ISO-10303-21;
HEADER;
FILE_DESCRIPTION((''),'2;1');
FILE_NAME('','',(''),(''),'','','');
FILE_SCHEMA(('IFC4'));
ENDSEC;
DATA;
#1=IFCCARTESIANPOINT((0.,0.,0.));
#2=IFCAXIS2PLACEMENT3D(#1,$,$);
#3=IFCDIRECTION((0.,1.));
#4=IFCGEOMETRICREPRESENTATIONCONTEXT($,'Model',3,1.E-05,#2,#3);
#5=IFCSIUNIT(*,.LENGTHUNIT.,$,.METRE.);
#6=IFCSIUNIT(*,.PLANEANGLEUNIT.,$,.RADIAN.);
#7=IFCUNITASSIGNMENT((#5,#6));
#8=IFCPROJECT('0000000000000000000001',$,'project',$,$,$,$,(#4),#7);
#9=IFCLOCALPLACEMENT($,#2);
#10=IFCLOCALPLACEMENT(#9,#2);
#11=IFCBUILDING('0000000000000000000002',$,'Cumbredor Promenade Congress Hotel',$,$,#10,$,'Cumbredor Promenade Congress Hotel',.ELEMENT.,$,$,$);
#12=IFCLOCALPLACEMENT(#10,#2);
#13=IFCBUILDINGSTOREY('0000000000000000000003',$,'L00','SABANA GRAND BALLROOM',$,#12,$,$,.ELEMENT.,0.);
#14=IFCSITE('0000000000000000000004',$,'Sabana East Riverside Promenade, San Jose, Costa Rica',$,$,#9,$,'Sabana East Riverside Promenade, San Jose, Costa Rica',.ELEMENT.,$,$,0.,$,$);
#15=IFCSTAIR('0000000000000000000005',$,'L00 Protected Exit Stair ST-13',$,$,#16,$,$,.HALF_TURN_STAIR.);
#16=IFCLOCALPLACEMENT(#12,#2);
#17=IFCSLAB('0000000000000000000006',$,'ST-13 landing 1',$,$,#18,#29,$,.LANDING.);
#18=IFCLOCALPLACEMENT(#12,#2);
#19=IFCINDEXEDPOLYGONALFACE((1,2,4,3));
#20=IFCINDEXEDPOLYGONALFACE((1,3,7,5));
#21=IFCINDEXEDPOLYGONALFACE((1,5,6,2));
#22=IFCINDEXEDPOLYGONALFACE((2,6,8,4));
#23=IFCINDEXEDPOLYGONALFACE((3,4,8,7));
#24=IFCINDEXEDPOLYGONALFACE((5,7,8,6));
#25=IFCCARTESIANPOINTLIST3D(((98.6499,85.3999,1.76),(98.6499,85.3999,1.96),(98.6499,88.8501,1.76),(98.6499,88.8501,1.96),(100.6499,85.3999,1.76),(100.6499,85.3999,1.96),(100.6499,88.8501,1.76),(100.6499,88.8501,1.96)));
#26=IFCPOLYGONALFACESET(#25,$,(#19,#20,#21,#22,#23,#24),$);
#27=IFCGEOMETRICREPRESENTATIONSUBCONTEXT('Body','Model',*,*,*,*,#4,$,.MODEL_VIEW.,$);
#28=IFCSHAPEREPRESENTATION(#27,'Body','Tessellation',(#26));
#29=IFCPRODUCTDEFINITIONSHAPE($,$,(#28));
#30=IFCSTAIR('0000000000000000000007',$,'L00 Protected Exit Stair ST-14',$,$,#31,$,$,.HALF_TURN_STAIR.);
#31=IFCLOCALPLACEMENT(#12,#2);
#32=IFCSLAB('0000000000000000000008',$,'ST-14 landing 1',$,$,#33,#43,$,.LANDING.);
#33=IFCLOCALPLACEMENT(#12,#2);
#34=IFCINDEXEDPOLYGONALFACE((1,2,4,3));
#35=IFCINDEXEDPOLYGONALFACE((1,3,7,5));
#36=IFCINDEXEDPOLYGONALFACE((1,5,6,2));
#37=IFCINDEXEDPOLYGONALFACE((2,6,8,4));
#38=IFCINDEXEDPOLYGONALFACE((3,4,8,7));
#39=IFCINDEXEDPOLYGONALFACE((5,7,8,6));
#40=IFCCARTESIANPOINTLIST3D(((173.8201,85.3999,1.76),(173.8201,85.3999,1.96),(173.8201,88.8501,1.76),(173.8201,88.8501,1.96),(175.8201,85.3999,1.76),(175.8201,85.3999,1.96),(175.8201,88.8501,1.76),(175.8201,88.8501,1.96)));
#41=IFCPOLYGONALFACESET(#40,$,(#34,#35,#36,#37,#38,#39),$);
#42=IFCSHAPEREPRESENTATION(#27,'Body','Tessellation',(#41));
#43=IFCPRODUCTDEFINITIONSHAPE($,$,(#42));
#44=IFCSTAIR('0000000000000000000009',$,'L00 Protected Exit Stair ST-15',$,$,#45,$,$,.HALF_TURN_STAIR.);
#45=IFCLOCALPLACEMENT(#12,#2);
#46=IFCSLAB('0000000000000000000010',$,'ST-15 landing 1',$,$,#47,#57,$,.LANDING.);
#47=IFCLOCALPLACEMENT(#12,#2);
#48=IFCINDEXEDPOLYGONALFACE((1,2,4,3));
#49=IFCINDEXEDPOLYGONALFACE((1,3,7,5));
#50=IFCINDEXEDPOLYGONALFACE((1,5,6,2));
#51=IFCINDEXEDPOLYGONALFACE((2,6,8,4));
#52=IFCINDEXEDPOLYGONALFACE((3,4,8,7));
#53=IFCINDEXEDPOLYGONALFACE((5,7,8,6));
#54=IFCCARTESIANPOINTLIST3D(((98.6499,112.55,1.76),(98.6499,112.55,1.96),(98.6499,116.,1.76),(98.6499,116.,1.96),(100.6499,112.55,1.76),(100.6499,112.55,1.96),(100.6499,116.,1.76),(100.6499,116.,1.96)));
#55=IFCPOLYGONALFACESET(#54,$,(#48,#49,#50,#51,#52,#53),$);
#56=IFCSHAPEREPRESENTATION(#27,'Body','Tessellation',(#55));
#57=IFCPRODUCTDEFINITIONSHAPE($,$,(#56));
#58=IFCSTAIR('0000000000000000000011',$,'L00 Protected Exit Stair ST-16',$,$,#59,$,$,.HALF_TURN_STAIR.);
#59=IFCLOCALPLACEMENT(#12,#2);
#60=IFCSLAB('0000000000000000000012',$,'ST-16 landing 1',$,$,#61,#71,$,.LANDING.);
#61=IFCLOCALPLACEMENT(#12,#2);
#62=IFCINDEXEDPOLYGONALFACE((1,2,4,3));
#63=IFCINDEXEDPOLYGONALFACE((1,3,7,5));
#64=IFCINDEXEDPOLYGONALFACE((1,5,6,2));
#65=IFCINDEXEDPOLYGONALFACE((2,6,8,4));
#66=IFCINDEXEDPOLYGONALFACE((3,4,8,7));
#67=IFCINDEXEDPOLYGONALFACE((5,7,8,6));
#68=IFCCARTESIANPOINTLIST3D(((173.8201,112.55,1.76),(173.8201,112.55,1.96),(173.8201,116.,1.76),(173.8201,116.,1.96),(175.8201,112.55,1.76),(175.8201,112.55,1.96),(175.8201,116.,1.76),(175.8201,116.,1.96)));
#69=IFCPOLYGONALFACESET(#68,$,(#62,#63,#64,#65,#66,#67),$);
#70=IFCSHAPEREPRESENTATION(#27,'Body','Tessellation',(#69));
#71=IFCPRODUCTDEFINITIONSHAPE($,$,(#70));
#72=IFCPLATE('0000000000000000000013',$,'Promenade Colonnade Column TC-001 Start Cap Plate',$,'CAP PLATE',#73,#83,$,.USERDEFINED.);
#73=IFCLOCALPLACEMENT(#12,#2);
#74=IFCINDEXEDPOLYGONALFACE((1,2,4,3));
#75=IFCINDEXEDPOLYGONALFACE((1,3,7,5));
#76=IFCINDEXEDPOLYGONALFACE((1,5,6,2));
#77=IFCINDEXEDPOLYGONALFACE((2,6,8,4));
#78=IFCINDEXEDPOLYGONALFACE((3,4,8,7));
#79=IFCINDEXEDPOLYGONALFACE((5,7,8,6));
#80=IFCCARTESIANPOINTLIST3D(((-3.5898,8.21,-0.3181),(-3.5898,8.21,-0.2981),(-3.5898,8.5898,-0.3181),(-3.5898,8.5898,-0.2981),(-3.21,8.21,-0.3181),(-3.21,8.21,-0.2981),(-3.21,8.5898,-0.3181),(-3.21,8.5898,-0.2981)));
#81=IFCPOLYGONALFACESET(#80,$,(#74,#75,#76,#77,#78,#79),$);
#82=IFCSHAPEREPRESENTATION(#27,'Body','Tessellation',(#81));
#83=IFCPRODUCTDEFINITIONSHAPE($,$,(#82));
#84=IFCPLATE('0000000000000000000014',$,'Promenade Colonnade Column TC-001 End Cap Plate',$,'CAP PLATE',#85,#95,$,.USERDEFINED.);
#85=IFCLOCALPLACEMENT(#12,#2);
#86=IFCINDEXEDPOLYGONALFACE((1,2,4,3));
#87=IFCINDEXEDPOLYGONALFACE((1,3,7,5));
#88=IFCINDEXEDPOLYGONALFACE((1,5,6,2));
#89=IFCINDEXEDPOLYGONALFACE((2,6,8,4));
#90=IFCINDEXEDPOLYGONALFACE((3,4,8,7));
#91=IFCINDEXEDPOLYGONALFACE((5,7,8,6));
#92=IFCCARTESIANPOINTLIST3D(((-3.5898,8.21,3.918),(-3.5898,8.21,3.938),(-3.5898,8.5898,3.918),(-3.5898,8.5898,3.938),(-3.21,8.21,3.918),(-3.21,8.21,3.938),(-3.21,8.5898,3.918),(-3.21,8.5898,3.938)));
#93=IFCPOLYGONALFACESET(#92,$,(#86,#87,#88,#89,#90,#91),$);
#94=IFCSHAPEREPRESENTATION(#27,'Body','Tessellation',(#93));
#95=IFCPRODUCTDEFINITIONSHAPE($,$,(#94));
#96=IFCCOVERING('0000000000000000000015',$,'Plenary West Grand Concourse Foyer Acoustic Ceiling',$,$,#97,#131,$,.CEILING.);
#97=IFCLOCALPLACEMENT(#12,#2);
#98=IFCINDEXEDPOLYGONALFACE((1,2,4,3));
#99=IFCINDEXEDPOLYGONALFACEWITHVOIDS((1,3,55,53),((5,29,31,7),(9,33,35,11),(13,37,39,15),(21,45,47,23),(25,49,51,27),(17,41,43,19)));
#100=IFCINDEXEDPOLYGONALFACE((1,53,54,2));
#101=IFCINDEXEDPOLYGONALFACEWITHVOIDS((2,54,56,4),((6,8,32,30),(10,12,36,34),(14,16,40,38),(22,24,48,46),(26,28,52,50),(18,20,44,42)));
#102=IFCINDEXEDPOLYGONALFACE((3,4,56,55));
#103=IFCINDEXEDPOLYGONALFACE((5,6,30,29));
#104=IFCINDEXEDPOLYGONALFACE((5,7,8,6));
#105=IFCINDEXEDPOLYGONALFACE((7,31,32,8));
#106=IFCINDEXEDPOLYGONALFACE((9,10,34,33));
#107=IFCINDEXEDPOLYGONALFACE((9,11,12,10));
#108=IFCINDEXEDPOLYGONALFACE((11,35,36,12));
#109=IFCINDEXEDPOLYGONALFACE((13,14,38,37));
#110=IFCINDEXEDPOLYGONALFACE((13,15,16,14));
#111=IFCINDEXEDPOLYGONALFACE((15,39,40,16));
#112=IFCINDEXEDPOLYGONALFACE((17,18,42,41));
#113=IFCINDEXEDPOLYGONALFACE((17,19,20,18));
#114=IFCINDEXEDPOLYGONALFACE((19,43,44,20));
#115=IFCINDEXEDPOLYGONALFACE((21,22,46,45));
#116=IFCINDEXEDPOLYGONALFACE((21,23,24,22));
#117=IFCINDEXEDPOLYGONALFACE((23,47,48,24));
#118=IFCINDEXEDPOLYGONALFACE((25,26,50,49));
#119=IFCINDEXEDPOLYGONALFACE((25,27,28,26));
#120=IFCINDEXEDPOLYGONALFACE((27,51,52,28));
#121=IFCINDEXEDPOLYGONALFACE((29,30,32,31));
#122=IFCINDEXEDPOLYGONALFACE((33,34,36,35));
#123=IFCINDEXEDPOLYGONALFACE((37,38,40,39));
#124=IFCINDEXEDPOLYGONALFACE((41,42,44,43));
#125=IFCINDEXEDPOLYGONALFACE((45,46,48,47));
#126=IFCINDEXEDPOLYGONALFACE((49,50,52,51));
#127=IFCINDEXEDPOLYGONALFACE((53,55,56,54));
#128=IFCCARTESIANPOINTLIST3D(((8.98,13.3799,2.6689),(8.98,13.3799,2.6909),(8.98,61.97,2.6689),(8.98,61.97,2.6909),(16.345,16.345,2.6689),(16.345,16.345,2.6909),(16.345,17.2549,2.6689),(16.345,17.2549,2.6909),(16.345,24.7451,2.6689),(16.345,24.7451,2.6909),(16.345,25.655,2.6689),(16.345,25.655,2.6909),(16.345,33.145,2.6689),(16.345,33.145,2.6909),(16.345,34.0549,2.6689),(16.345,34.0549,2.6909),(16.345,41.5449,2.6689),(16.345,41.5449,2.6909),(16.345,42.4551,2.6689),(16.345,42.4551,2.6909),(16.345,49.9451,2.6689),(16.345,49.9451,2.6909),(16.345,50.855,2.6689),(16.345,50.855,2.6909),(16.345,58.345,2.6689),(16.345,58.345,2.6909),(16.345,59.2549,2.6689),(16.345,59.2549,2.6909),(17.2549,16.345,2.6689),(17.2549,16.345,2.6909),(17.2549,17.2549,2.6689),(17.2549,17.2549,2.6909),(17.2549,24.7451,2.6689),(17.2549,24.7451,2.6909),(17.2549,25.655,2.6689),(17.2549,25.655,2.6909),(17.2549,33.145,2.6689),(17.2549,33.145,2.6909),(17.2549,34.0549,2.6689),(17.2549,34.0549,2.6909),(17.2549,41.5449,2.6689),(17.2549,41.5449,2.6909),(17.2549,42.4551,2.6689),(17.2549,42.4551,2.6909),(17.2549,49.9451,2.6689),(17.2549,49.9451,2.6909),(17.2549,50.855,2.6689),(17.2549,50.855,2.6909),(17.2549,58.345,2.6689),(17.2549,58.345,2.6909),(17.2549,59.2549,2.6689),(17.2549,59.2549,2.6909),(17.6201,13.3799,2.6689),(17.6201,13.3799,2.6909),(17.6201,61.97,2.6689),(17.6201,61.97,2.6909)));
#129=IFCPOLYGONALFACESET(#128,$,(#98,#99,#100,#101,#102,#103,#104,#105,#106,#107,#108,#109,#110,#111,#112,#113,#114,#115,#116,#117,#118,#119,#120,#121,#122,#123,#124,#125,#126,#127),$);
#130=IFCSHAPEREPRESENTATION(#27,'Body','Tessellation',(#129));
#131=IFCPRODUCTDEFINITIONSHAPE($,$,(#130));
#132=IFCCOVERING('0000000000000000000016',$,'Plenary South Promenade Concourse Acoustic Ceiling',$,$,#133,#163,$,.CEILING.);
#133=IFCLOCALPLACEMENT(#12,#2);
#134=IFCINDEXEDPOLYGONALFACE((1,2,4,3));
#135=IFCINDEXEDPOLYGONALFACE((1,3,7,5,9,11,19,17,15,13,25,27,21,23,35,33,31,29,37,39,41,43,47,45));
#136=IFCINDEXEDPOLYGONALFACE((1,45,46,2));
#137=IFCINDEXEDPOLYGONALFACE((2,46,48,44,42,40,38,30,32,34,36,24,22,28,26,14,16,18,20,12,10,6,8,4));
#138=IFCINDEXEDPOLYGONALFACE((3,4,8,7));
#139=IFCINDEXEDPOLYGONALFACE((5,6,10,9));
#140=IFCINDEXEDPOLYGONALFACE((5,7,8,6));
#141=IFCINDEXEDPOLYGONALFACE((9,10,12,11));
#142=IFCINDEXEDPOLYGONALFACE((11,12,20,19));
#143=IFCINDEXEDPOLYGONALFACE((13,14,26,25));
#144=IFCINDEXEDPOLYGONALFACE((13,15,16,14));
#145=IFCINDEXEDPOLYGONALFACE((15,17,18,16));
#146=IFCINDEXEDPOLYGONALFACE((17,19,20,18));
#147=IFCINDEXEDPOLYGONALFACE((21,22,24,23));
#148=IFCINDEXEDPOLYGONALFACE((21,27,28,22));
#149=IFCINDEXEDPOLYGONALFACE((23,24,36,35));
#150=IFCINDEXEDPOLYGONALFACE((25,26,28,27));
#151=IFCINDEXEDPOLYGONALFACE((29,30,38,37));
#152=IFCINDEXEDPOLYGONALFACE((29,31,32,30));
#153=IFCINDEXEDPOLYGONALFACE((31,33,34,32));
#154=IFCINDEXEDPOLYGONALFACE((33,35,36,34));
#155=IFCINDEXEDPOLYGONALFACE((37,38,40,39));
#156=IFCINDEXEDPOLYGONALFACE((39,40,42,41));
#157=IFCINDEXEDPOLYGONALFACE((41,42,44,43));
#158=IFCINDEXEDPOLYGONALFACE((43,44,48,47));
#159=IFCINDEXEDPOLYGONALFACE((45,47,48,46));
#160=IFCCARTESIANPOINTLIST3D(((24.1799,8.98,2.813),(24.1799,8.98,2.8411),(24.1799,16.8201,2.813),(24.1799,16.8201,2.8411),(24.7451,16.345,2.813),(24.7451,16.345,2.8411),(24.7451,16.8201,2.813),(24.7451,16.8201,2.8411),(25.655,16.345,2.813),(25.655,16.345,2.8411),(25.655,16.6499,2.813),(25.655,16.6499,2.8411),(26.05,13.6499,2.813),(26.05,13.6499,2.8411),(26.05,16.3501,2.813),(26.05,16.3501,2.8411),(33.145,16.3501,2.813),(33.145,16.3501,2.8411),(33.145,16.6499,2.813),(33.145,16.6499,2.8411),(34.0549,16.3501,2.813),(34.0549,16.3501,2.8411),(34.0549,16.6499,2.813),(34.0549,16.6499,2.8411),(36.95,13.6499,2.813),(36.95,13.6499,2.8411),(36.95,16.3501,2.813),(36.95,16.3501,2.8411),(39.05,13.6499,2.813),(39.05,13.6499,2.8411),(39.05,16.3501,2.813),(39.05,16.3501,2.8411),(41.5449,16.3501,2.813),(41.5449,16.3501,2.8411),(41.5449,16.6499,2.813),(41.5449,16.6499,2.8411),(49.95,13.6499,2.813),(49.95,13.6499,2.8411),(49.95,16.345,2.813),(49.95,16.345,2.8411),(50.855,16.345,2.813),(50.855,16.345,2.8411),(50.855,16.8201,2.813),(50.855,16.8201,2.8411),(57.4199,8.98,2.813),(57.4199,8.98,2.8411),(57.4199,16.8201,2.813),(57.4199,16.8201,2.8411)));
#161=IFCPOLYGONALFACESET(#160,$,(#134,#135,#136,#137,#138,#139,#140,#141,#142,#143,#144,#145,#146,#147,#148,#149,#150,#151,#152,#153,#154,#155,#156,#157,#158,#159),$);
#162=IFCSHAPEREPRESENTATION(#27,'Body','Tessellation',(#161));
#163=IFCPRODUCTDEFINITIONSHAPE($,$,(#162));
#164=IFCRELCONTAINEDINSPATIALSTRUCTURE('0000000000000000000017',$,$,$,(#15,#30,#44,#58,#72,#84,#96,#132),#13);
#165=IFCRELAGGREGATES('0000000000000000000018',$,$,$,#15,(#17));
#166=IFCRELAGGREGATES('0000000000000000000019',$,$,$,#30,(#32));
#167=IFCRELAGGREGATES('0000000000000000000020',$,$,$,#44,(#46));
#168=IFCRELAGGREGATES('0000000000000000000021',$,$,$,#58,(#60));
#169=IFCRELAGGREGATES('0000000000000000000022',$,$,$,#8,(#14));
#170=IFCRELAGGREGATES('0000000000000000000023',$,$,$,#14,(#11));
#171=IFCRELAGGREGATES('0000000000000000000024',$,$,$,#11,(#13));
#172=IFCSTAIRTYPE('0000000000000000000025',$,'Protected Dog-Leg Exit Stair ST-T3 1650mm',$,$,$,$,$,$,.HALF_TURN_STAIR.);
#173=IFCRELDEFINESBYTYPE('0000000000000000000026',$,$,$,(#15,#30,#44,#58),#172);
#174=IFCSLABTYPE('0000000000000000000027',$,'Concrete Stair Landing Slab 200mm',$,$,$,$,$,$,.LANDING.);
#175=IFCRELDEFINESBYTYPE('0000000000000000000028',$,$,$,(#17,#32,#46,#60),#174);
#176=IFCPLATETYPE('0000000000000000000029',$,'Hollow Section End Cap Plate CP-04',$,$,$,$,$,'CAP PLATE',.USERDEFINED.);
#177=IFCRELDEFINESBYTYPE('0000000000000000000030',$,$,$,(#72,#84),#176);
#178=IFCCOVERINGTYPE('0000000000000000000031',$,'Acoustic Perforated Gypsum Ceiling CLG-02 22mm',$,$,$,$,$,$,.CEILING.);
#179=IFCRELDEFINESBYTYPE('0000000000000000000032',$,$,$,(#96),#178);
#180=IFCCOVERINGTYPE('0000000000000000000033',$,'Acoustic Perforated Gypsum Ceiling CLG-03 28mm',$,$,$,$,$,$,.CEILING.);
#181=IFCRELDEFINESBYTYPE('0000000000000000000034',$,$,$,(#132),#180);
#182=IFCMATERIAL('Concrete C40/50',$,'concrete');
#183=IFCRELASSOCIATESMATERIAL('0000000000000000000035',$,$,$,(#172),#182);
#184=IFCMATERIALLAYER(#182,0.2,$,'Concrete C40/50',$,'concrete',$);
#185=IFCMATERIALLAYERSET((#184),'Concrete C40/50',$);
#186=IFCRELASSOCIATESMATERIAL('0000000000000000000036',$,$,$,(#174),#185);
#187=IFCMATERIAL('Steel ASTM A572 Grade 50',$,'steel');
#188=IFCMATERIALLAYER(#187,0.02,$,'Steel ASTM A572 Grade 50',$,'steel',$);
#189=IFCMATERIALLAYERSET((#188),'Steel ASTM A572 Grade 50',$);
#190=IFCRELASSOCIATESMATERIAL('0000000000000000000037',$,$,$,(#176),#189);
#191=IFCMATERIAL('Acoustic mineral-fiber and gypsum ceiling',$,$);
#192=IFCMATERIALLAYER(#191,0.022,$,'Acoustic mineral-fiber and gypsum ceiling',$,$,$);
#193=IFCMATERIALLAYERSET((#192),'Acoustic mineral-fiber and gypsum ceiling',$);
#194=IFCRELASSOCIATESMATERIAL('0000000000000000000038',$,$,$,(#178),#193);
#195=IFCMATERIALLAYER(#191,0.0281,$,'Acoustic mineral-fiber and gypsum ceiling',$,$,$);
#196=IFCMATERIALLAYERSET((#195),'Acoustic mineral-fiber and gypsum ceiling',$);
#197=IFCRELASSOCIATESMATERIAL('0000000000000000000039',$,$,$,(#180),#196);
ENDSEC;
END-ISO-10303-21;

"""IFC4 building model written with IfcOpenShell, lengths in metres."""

from ifc_helpers import new_model, si_unit, direction, frame, origin, origin_2d, place, context, subcontext, project, spatial, polyline, rectangle, outline, extrude, material, layer, layer_set, type_object, element, aggregate, save


model = new_model("IFC4")

# Units and contexts
model_context = context("Model", 3, precision=1e-05, world=origin(), true_north=direction((0.0, 1.0)))
body_context = subcontext(model_context, "Body", "Model", "MODEL_VIEW")
ifc_project = project(units=[si_unit("LENGTHUNIT", "METRE"), si_unit("PLANEANGLEUNIT", "RADIAN")], contexts=[model_context])

# Site, building, storey
site_placement = place(None, origin())
site = spatial("IfcSite", under=ifc_project, at=site_placement, Name="Sabana East Riverside Promenade, San Jose, Costa Rica", LongName="Sabana East Riverside Promenade, San Jose, Costa Rica", CompositionType="ELEMENT", RefElevation=0.0)
building_placement = place(site_placement, origin())
building = spatial("IfcBuilding", under=site, at=building_placement, Name="Cumbredor Promenade Congress Hotel", LongName="Cumbredor Promenade Congress Hotel", CompositionType="ELEMENT")
storey_placement = place(building_placement, origin())
storey = spatial("IfcBuildingStorey", under=building, at=storey_placement, Name="L00", Description="SABANA GRAND BALLROOM", CompositionType="ELEMENT", Elevation=0.0)

# Stairs, slabs
ifc_material_1 = material(Name="Concrete C40/50", Category="concrete")
stair_type_1 = type_object("IfcStairType", Name="Protected Dog-Leg Exit Stair ST-T3 1650mm", PredefinedType="HALF_TURN_STAIR", material=ifc_material_1)
ifc_layer_1 = layer(ifc_material_1, 0.2, Name="Concrete C40/50", Category="concrete")
ifc_layer_set_1 = layer_set([ifc_layer_1], Name="Concrete C40/50")
slab_type = type_object("IfcSlabType", Name="Concrete Stair Landing Slab 200mm", PredefinedType="LANDING", material=ifc_layer_set_1)
stair_1_placement = place(storey_placement, origin())
stair_1 = element("IfcStair", 1, at=stair_1_placement, inside=storey, type_object=stair_type_1, Name="L00 Protected Exit Stair ST-13", PredefinedType="HALF_TURN_STAIR")
slab_1_placement = place(storey_placement, frame((0.0, 0.0, 1.76)))
slab_1 = element("IfcSlab", 2, at=slab_1_placement, type_object=slab_type, Name="ST-13 landing 1", PredefinedType="LANDING", context=body_context, shape_type="SweptSolid", body=[
    extrude(outline(polyline([(98.6499, 85.3999), (100.6499, 85.3999), (100.6499, 88.8501), (98.6499, 88.8501), (98.6499, 85.3999)])), origin(), (0.0, 0.0, 1.0), 0.2),
])
aggregate(stair_1, [slab_1])
stair_2_placement = place(storey_placement, origin())
stair_2 = element("IfcStair", 3, at=stair_2_placement, inside=storey, type_object=stair_type_1, Name="L00 Protected Exit Stair ST-14", PredefinedType="HALF_TURN_STAIR")
slab_2_placement = place(storey_placement, frame((0.0, 0.0, 1.76)))
slab_2 = element("IfcSlab", 4, at=slab_2_placement, type_object=slab_type, Name="ST-14 landing 1", PredefinedType="LANDING", context=body_context, shape_type="SweptSolid", body=[
    extrude(outline(polyline([(173.8201, 85.3999), (175.8201, 85.3999), (175.8201, 88.8501), (173.8201, 88.8501), (173.8201, 85.3999)])), origin(), (0.0, 0.0, 1.0), 0.2),
])
aggregate(stair_2, [slab_2])
stair_3_placement = place(storey_placement, origin())
stair_3 = element("IfcStair", 5, at=stair_3_placement, inside=storey, type_object=stair_type_1, Name="L00 Protected Exit Stair ST-15", PredefinedType="HALF_TURN_STAIR")
slab_3_placement = place(storey_placement, frame((0.0, 0.0, 1.76)))
slab_3 = element("IfcSlab", 6, at=slab_3_placement, type_object=slab_type, Name="ST-15 landing 1", PredefinedType="LANDING", context=body_context, shape_type="SweptSolid", body=[
    extrude(outline(polyline([(98.6499, 112.55), (100.6499, 112.55), (100.6499, 116.0), (98.6499, 116.0), (98.6499, 112.55)])), origin(), (0.0, 0.0, 1.0), 0.2),
])
aggregate(stair_3, [slab_3])
stair_4_placement = place(storey_placement, origin())
stair_4 = element("IfcStair", 7, at=stair_4_placement, inside=storey, type_object=stair_type_1, Name="L00 Protected Exit Stair ST-16", PredefinedType="HALF_TURN_STAIR")
slab_4_placement = place(storey_placement, frame((0.0, 0.0, 1.76)))
slab_4 = element("IfcSlab", 8, at=slab_4_placement, type_object=slab_type, Name="ST-16 landing 1", PredefinedType="LANDING", context=body_context, shape_type="SweptSolid", body=[
    extrude(outline(polyline([(173.8201, 112.55), (175.8201, 112.55), (175.8201, 116.0), (173.8201, 116.0), (173.8201, 112.55)])), origin(), (0.0, 0.0, 1.0), 0.2),
])
aggregate(stair_4, [slab_4])

# Plates
ifc_material_2 = material(Name="Steel ASTM A572 Grade 50", Category="steel")
ifc_layer_2 = layer(ifc_material_2, 0.02, Name="Steel ASTM A572 Grade 50", Category="steel")
ifc_layer_set_2 = layer_set([ifc_layer_2], Name="Steel ASTM A572 Grade 50")
plate_type = type_object("IfcPlateType", Name="Hollow Section End Cap Plate CP-04", ElementType="CAP PLATE", PredefinedType="USERDEFINED", material=ifc_layer_set_2)
for number, where, z_axis, x_axis, name in (
    (9, (-3.3999, 8.3999, -0.3181), (0.0, 0.0, 1.0), (1.0, 0.0, 0.0), "Promenade Colonnade Column TC-001 Start Cap Plate"),
    (10, (-3.3999, 8.3999, 3.918), (0.0, 0.0, 1.0), (1.0, 0.0, 0.0), "Promenade Colonnade Column TC-001 End Cap Plate"),
):
    element("IfcPlate", number, at=place(storey_placement, frame(where, z_axis=z_axis, x_axis=x_axis)), inside=storey, type_object=plate_type, Name=name, ObjectType="CAP PLATE", PredefinedType="USERDEFINED", context=body_context, shape_type="SweptSolid", body=[
        extrude(rectangle(XDim=0.3799, YDim=0.3799, at=origin_2d()), origin(), (0.0, 0.0, 1.0), 0.02),
    ])

# Coverings
ifc_material_3 = material(Name="Acoustic mineral-fiber and gypsum ceiling")
ifc_layer_3 = layer(ifc_material_3, 0.022, Name="Acoustic mineral-fiber and gypsum ceiling")
ifc_layer_set_3 = layer_set([ifc_layer_3], Name="Acoustic mineral-fiber and gypsum ceiling")
covering_type_1 = type_object("IfcCoveringType", Name="Acoustic Perforated Gypsum Ceiling CLG-02 22mm", PredefinedType="CEILING", material=ifc_layer_set_3)
covering_1_placement = place(storey_placement, frame((0.0, 0.0, 2.6689)))
element("IfcCovering", 11, at=covering_1_placement, inside=storey, type_object=covering_type_1, Name="Plenary West Grand Concourse Foyer Acoustic Ceiling", PredefinedType="CEILING", context=body_context, shape_type="SweptSolid", body=[
    extrude(outline(polyline([(17.6201, 61.97), (17.6201, 13.3799), (8.98, 13.3799), (8.98, 61.97), (17.6201, 61.97)]), holes=[polyline([(16.345, 17.2549), (16.345, 16.345), (17.2549, 16.345), (17.2549, 17.2549), (16.345, 17.2549)]), polyline([(17.2549, 25.655), (16.345, 25.655), (16.345, 24.7451), (17.2549, 24.7451), (17.2549, 25.655)]), polyline([(17.2549, 33.145), (17.2549, 34.0549), (16.345, 34.0549), (16.345, 33.145), (17.2549, 33.145)]), polyline([(16.345, 41.5449), (17.2549, 41.5449), (17.2549, 42.4551), (16.345, 42.4551), (16.345, 41.5449)]), polyline([(16.345, 50.855), (16.345, 49.9451), (17.2549, 49.9451), (17.2549, 50.855), (16.345, 50.855)]), polyline([(17.2549, 59.2549), (16.345, 59.2549), (16.345, 58.345), (17.2549, 58.345), (17.2549, 59.2549)])]), origin(), (0.0, 0.0, 1.0), 0.022),
])
ifc_layer_4 = layer(ifc_material_3, 0.0281, Name="Acoustic mineral-fiber and gypsum ceiling")
ifc_layer_set_4 = layer_set([ifc_layer_4], Name="Acoustic mineral-fiber and gypsum ceiling")
covering_type_2 = type_object("IfcCoveringType", Name="Acoustic Perforated Gypsum Ceiling CLG-03 28mm", PredefinedType="CEILING", material=ifc_layer_set_4)
covering_2_placement = place(storey_placement, frame((0.0, 0.0, 2.813)))
element("IfcCovering", 12, at=covering_2_placement, inside=storey, type_object=covering_type_2, Name="Plenary South Promenade Concourse Acoustic Ceiling", PredefinedType="CEILING", context=body_context, shape_type="SweptSolid", body=[
    extrude(outline(polyline([(24.7451, 16.8201), (24.7451, 16.345), (25.655, 16.345), (25.655, 16.6499), (33.145, 16.6499), (33.145, 16.3501), (26.05, 16.3501), (26.05, 13.6499), (36.95, 13.6499), (36.95, 16.3501), (34.0549, 16.3501), (34.0549, 16.6499), (41.5449, 16.6499), (41.5449, 16.3501), (39.05, 16.3501), (39.05, 13.6499), (49.95, 13.6499), (49.95, 16.345), (50.855, 16.345), (50.855, 16.8201), (57.4199, 16.8201), (57.4199, 8.98), (24.1799, 8.98), (24.1799, 16.8201), (24.7451, 16.8201)])), origin(), (0.0, 0.0, 1.0), 0.0281),
])

save(model, "model.ifc")
